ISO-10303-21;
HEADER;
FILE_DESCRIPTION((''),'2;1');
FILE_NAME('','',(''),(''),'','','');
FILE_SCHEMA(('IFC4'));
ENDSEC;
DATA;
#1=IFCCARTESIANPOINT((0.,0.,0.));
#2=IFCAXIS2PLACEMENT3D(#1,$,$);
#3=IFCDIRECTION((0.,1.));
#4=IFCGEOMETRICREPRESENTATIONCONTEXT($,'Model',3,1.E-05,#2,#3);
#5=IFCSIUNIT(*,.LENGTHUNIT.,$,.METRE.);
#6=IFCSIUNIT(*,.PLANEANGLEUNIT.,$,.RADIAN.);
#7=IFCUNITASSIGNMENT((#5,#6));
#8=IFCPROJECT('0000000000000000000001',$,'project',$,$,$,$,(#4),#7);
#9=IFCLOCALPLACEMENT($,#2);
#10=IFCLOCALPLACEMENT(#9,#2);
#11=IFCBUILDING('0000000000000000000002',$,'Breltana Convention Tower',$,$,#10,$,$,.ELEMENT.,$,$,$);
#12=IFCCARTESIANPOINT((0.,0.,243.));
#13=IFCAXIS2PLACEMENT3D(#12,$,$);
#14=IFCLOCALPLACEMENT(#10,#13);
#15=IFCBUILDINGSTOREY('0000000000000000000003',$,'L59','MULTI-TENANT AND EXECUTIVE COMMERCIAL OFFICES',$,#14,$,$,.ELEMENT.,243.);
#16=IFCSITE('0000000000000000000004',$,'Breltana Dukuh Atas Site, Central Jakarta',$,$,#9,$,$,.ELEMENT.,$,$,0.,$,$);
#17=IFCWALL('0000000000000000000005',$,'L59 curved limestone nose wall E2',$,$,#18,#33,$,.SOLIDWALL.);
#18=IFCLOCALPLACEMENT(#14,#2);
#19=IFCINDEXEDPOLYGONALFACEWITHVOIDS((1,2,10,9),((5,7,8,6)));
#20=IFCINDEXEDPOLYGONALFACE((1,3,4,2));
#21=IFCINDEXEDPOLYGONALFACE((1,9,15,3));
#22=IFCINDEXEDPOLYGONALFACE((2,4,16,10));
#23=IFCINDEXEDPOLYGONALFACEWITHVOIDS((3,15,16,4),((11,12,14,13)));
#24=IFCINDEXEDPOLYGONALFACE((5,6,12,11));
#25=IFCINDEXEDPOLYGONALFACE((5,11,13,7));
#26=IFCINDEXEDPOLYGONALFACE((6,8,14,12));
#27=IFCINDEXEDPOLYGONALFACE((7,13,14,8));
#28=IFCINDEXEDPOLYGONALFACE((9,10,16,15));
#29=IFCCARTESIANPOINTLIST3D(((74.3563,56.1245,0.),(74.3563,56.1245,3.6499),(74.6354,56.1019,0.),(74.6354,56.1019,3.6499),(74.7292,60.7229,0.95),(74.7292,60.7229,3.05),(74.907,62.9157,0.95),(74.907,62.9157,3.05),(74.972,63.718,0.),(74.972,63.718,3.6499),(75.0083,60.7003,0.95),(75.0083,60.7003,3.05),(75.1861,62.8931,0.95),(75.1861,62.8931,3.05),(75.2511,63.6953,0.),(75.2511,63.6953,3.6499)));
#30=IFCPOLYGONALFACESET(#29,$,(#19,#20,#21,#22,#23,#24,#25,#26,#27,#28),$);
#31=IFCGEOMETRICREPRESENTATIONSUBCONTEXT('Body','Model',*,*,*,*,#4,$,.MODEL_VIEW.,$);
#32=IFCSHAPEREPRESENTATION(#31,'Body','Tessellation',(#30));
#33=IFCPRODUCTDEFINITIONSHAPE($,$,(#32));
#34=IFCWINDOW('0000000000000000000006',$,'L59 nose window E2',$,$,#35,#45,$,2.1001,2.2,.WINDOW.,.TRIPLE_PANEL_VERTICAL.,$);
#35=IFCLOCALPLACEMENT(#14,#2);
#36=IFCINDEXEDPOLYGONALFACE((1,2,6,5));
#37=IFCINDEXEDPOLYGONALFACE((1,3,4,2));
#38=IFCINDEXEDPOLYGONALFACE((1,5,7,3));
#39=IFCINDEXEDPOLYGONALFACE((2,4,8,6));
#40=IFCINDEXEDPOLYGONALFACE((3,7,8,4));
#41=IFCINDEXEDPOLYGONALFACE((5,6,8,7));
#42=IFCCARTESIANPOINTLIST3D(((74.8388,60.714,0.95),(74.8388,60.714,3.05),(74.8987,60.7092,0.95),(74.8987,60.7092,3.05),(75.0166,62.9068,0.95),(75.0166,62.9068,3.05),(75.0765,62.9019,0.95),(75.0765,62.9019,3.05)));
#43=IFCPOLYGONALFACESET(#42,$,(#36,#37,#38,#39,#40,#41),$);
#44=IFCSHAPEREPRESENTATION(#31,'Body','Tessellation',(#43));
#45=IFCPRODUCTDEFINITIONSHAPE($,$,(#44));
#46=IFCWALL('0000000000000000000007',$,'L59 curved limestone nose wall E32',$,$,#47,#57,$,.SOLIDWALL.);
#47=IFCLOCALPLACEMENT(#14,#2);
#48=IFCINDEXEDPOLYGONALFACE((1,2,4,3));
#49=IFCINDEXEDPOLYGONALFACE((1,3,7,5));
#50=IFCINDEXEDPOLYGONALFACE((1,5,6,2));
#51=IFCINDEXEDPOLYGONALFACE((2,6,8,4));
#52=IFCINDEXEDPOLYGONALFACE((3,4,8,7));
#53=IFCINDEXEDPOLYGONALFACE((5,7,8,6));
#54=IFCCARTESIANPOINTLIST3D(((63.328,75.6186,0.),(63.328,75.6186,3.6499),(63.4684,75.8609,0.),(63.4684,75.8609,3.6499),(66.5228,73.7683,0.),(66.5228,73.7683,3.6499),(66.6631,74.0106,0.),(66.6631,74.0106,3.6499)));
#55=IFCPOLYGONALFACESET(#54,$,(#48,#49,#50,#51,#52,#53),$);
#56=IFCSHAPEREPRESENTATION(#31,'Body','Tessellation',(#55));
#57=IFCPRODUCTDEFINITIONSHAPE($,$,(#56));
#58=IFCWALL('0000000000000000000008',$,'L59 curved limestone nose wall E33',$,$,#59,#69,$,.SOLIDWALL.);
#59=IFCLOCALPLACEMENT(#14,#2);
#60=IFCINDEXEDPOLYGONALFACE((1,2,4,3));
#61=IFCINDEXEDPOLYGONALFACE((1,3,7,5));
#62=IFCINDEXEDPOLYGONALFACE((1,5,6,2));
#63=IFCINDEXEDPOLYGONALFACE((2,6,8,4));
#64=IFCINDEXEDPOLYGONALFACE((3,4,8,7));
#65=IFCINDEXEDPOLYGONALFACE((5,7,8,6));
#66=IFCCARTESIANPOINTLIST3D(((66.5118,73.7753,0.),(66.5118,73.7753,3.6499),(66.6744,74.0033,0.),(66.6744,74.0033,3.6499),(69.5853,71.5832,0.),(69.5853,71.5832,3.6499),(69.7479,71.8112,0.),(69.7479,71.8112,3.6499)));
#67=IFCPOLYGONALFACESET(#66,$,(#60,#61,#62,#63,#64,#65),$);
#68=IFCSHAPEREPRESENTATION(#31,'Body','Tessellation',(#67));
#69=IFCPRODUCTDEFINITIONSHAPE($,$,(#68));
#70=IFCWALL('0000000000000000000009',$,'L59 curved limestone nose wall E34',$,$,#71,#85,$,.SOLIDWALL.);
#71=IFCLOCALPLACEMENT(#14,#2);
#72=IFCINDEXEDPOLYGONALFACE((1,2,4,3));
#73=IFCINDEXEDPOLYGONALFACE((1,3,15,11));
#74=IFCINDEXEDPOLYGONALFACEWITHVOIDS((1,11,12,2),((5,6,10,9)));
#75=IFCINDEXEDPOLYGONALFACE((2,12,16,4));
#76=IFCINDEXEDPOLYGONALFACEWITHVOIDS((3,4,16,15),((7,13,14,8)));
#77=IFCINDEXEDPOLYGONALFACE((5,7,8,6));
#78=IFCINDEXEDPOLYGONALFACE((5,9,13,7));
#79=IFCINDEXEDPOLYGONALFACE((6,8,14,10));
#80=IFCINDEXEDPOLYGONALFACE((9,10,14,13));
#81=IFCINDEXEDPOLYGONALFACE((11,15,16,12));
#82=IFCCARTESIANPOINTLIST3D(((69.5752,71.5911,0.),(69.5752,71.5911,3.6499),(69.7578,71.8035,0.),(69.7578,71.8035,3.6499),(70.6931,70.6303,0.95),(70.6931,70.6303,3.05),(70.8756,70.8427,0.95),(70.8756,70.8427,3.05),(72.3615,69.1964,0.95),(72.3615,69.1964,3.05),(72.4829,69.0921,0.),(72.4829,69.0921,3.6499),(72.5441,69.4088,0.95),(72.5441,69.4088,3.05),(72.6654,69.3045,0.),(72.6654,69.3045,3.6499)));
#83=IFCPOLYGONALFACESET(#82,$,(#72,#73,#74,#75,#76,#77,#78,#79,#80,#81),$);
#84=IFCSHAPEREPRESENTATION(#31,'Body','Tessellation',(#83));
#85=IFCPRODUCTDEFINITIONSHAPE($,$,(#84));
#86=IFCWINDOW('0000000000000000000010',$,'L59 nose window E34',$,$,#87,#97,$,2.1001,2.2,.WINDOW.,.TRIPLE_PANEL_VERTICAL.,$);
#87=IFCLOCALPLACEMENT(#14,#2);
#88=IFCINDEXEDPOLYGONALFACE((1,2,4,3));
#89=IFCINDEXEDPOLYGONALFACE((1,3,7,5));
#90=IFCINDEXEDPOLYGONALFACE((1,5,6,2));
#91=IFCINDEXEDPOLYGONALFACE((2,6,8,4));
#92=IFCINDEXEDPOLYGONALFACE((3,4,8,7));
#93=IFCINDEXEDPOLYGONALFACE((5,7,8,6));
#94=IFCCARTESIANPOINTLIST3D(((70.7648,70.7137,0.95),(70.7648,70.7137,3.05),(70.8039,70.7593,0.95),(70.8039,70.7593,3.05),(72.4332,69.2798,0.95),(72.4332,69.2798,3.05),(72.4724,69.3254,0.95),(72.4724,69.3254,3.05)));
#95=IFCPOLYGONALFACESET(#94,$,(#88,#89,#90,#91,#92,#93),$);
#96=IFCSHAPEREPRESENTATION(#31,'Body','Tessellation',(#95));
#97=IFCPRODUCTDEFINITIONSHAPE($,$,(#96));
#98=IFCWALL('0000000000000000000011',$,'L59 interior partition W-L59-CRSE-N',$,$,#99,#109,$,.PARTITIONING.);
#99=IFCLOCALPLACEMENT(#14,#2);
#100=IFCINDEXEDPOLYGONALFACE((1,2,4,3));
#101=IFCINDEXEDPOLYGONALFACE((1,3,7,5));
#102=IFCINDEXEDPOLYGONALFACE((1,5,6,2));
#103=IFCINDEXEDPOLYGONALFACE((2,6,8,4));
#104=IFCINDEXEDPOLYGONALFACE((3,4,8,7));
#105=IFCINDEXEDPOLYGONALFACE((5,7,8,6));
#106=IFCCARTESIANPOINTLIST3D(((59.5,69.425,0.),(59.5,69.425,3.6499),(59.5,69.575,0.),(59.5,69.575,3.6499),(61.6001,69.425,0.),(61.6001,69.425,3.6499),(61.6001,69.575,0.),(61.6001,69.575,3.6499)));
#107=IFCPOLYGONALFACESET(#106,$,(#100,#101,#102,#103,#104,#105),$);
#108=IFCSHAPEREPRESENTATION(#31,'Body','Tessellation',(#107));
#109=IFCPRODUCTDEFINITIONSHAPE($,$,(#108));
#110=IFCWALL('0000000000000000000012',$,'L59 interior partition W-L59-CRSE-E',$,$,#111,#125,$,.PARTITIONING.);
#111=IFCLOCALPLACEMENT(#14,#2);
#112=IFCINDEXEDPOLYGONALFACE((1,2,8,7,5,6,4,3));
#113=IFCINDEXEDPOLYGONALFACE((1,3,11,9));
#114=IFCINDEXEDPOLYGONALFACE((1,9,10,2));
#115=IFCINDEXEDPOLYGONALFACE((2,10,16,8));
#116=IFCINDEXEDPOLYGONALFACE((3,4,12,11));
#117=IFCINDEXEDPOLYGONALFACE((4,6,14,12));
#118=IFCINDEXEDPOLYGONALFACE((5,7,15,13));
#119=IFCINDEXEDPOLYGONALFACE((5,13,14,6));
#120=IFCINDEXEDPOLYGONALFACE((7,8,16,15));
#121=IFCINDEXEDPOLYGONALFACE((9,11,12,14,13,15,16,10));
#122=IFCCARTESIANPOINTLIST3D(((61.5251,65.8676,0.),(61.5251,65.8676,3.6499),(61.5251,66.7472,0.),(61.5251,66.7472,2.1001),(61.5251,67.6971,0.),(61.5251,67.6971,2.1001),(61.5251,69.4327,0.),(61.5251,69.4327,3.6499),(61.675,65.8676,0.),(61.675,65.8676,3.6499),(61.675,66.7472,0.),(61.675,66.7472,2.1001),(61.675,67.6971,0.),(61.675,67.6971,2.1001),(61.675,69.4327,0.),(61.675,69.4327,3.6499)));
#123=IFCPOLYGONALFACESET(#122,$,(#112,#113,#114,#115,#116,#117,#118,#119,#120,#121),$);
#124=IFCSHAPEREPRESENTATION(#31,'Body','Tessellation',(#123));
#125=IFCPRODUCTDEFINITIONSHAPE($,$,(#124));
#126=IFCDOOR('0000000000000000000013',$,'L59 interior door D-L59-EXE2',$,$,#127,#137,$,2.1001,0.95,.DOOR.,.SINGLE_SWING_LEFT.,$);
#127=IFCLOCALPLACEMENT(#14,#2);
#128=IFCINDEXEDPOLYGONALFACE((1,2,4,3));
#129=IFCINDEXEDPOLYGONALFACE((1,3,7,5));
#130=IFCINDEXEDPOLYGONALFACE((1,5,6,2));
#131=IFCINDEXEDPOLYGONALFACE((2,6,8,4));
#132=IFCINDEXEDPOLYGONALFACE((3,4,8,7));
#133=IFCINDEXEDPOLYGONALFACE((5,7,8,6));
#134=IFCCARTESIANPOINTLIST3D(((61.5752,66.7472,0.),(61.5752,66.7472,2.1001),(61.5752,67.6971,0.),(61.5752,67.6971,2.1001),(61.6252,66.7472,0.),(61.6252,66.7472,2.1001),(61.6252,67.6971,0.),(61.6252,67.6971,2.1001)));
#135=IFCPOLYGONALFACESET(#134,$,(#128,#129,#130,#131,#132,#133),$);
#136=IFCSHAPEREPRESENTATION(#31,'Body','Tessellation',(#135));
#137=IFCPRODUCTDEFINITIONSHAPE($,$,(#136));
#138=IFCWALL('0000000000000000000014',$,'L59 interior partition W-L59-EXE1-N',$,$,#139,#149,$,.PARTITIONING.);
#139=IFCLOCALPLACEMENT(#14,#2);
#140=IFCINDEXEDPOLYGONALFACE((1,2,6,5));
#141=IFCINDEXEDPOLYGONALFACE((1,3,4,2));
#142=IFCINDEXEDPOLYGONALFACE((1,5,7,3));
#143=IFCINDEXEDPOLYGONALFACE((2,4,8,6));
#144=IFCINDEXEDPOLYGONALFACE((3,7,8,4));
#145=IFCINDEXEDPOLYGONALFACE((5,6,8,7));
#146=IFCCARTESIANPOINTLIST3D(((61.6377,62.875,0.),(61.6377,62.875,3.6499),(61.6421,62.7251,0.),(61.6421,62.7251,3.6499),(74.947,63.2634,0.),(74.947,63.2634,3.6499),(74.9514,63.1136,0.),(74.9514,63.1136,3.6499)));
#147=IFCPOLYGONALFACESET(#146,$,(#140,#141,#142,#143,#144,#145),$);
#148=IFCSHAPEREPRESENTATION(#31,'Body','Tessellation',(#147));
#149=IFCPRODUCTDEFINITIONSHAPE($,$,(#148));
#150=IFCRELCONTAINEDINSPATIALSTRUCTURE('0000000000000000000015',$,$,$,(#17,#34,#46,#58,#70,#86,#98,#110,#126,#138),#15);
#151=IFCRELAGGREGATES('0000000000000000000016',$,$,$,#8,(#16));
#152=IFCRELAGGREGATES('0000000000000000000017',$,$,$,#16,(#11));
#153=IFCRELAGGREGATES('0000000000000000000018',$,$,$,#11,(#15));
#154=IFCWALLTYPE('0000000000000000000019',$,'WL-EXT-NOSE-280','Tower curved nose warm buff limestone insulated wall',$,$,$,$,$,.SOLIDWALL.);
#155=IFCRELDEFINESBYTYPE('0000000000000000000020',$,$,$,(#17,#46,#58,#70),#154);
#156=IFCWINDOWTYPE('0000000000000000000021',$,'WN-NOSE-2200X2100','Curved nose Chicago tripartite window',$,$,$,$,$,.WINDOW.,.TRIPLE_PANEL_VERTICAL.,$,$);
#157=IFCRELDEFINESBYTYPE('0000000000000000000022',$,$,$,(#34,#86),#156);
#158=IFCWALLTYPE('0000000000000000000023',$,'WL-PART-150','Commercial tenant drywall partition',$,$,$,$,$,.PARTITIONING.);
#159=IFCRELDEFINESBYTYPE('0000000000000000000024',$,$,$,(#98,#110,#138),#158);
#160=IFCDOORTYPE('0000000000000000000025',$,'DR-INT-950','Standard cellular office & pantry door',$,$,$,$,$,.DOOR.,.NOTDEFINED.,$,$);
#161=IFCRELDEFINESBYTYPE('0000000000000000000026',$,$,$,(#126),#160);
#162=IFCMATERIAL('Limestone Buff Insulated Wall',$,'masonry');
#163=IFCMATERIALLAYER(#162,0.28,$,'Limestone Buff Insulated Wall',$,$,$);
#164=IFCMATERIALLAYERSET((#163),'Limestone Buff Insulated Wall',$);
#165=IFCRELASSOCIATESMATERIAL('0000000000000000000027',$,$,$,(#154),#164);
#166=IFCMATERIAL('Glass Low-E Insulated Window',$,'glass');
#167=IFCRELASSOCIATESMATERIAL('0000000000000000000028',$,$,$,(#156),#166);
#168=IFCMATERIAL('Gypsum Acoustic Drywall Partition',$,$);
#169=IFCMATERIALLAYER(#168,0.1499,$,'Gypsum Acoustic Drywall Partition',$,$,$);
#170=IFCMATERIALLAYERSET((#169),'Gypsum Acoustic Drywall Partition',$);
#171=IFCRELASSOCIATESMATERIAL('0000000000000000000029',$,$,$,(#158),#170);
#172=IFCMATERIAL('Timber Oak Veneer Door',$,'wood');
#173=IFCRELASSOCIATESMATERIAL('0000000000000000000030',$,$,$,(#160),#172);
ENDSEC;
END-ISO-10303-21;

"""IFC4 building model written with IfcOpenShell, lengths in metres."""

from ifc_helpers import new_model, si_unit, direction, frame, frame_2d, origin, place, context, subcontext, project, spatial, rectangle, extrude, source, transform, mapped, material, layer, layer_set, type_object, type_shapes, element, fill, save


model = new_model("IFC4")

# Units and contexts
model_context = context("Model", 3, precision=1e-05, world=origin(), true_north=direction((0.0, 1.0)))
body_context = subcontext(model_context, "Body", "Model", "MODEL_VIEW")
ifc_project = project(units=[si_unit("LENGTHUNIT", "METRE"), si_unit("PLANEANGLEUNIT", "RADIAN")], contexts=[model_context])

# Site, building, storey
site_placement = place(None, origin())
site = spatial("IfcSite", under=ifc_project, at=site_placement, Name="Breltana Dukuh Atas Site, Central Jakarta", CompositionType="ELEMENT", RefElevation=0.0)
building_placement = place(site_placement, origin())
building = spatial("IfcBuilding", under=site, at=building_placement, Name="Breltana Convention Tower", CompositionType="ELEMENT")
storey_placement = place(building_placement, frame((0.0, 0.0, 243.0)))
storey = spatial("IfcBuildingStorey", under=building, at=storey_placement, Name="L59", Description="MULTI-TENANT AND EXECUTIVE COMMERCIAL OFFICES", CompositionType="ELEMENT", Elevation=243.0)

# Wall, opening, window
ifc_material_1 = material(Name="Limestone Buff Insulated Wall", Category="masonry")
ifc_layer_1 = layer(ifc_material_1, 0.28, Name="Limestone Buff Insulated Wall")
ifc_layer_set_1 = layer_set([ifc_layer_1], Name="Limestone Buff Insulated Wall")
wall_type_1 = type_object("IfcWallType", Name="WL-EXT-NOSE-280", Description="Tower curved nose warm buff limestone insulated wall", PredefinedType="SOLIDWALL", material=ifc_layer_set_1)
ifc_material_2 = material(Name="Glass Low-E Insulated Window", Category="glass")
window_type = type_object("IfcWindowType", Name="WN-NOSE-2200X2100", Description="Curved nose Chicago tripartite window", PartitioningType="TRIPLE_PANEL_VERTICAL", PredefinedType="WINDOW", material=ifc_material_2)
shared_shape_1 = source(origin(), body_context, "Body", "SweptSolid", [
    extrude(rectangle(XDim=2.2, YDim=2.1001, at=frame_2d((1.1001, 1.05))), frame((0.0, 0.03, 0.0), z_axis=(0.0, -1.0, 0.0), x_axis=(1.0, 0.0, 0.0)), (0.0, 0.0, 1.0), 0.0601),
])
type_shapes(window_type, [shared_shape_1])
shared_shape_2 = source(origin(), body_context, "Body", "SweptSolid", [
    extrude(rectangle(XDim=7.6184, YDim=0.28, at=frame_2d((3.8091, 0.0))), origin(), (0.0, 0.0, 1.0), 3.6499),
])
wall_1_placement = place(storey_placement, frame((75.1116, 63.7065, 0.0), z_axis=(0.0, 0.0, 1.0), x_axis=(-0.08082, -0.996729, 0.0)))
wall_1 = element("IfcWall", 1, at=wall_1_placement, inside=storey, type_object=wall_type_1, Name="L59 curved limestone nose wall E2", PredefinedType="SOLIDWALL", context=body_context, shape_type="MappedRepresentation", body=[
    mapped(shared_shape_2, transform((0.0, 0.0, 0.0), scale=1.0)),
])
opening_1_placement = place(wall_1_placement, frame((0.8047, 0.0, 0.95)))
opening_1 = element("IfcOpeningElement", 2, at=opening_1_placement, cuts=wall_1, PredefinedType="OPENING", context=body_context, shape_type="SweptSolid", body=[
    extrude(rectangle(XDim=2.2, YDim=2.1001, at=frame_2d((1.1001, 1.05))), frame((0.0, 0.1499, 0.0), z_axis=(0.0, -1.0, 0.0), x_axis=(1.0, 0.0, 0.0)), (0.0, 0.0, 1.0), 0.3),
])
window_1_placement = place(opening_1_placement, origin())
window_1 = element("IfcWindow", 3, at=window_1_placement, inside=storey, type_object=window_type, Name="L59 nose window E2", OverallHeight=2.1001, OverallWidth=2.2, PartitioningType="TRIPLE_PANEL_VERTICAL", PredefinedType="WINDOW", context=body_context, shape_type="MappedRepresentation", body=[
    mapped(shared_shape_1, transform((0.0, 0.0, 0.0), scale=1.0)),
])
fill(opening_1, window_1)

# Walls
shared_shape_3 = source(origin(), body_context, "Body", "SweptSolid", [
    extrude(rectangle(XDim=3.6919, YDim=0.28, at=frame_2d((1.8459, 0.0))), origin(), (0.0, 0.0, 1.0), 3.6499),
])
wall_2_placement = place(storey_placement, frame((63.3982, 75.7397, 0.0), z_axis=(0.0, 0.0, 1.0), x_axis=(0.865343, -0.50118, 0.0)))
element("IfcWall", 4, at=wall_2_placement, inside=storey, type_object=wall_type_1, Name="L59 curved limestone nose wall E32", PredefinedType="SOLIDWALL", context=body_context, shape_type="MappedRepresentation", body=[
    mapped(shared_shape_3, transform((0.0, 0.0, 0.0), scale=1.0)),
])
shared_shape_4 = source(origin(), body_context, "Body", "SweptSolid", [
    extrude(rectangle(XDim=3.7751, YDim=0.28, at=frame_2d((1.8877, 0.0))), origin(), (0.0, 0.0, 1.0), 3.6499),
])
wall_3_placement = place(storey_placement, frame((66.593, 73.8894, 0.0), z_axis=(0.0, 0.0, 1.0), x_axis=(0.814135, -0.580675, 0.0)))
element("IfcWall", 5, at=wall_3_placement, inside=storey, type_object=wall_type_1, Name="L59 curved limestone nose wall E33", PredefinedType="SOLIDWALL", context=body_context, shape_type="MappedRepresentation", body=[
    mapped(shared_shape_4, transform((0.0, 0.0, 0.0), scale=1.0)),
])

# Wall, opening, window
shared_shape_5 = source(origin(), body_context, "Body", "SweptSolid", [
    extrude(rectangle(XDim=3.834, YDim=0.28, at=frame_2d((1.917, 0.0))), origin(), (0.0, 0.0, 1.0), 3.6499),
])
wall_4_placement = place(storey_placement, frame((69.6665, 71.6973, 0.0), z_axis=(0.0, 0.0, 1.0), x_axis=(0.758393, -0.651798, 0.0)))
wall_4 = element("IfcWall", 6, at=wall_4_placement, inside=storey, type_object=wall_type_1, Name="L59 curved limestone nose wall E34", PredefinedType="SOLIDWALL", context=body_context, shape_type="MappedRepresentation", body=[
    mapped(shared_shape_5, transform((0.0, 0.0, 0.0), scale=1.0)),
])
opening_2_placement = place(wall_4_placement, frame((1.4739, 0.0, 0.95)))
opening_2 = element("IfcOpeningElement", 7, at=opening_2_placement, cuts=wall_4, PredefinedType="OPENING", context=body_context, shape_type="SweptSolid", body=[
    extrude(rectangle(XDim=2.2, YDim=2.1001, at=frame_2d((1.1001, 1.05))), frame((0.0, 0.1499, 0.0), z_axis=(0.0, -1.0, 0.0), x_axis=(1.0, 0.0, 0.0)), (0.0, 0.0, 1.0), 0.3),
])
window_2_placement = place(opening_2_placement, origin())
window_2 = element("IfcWindow", 8, at=window_2_placement, inside=storey, type_object=window_type, Name="L59 nose window E34", OverallHeight=2.1001, OverallWidth=2.2, PartitioningType="TRIPLE_PANEL_VERTICAL", PredefinedType="WINDOW", context=body_context, shape_type="MappedRepresentation", body=[
    mapped(shared_shape_1, transform((0.0, 0.0, 0.0), scale=1.0)),
])
fill(opening_2, window_2)

# Wall
ifc_material_3 = material(Name="Gypsum Acoustic Drywall Partition")
ifc_layer_2 = layer(ifc_material_3, 0.1499, Name="Gypsum Acoustic Drywall Partition")
ifc_layer_set_2 = layer_set([ifc_layer_2], Name="Gypsum Acoustic Drywall Partition")
wall_type_2 = type_object("IfcWallType", Name="WL-PART-150", Description="Commercial tenant drywall partition", PredefinedType="PARTITIONING", material=ifc_layer_set_2)
shared_shape_6 = source(origin(), body_context, "Body", "SweptSolid", [
    extrude(rectangle(XDim=2.1001, YDim=0.1499, at=frame_2d((1.05, 0.0))), origin(), (0.0, 0.0, 1.0), 3.6499),
])
wall_5_placement = place(storey_placement, frame((59.5, 69.5, 0.0), z_axis=(0.0, 0.0, 1.0), x_axis=(1.0, 0.0, 0.0)))
element("IfcWall", 9, at=wall_5_placement, inside=storey, type_object=wall_type_2, Name="L59 interior partition W-L59-CRSE-N", PredefinedType="PARTITIONING", context=body_context, shape_type="MappedRepresentation", body=[
    mapped(shared_shape_6, transform((0.0, 0.0, 0.0), scale=1.0)),
])

# Wall, opening, door
shared_shape_7 = source(origin(), body_context, "Body", "SweptSolid", [
    extrude(rectangle(XDim=3.5652, YDim=0.1499, at=frame_2d((1.7827, 0.0))), origin(), (0.0, 0.0, 1.0), 3.6499),
])
wall_6_placement = place(storey_placement, frame((61.6001, 65.8674, 0.0), z_axis=(0.0, 0.0, 1.0), x_axis=(0.0, 1.0, 0.0)))
wall_6 = element("IfcWall", 10, at=wall_6_placement, inside=storey, type_object=wall_type_2, Name="L59 interior partition W-L59-CRSE-E", PredefinedType="PARTITIONING", context=body_context, shape_type="MappedRepresentation", body=[
    mapped(shared_shape_7, transform((0.0, 0.0, 0.0), scale=1.0)),
])
opening_3_placement = place(wall_6_placement, frame((0.8796, 0.0, 0.0)))
opening_3 = element("IfcOpeningElement", 11, at=opening_3_placement, cuts=wall_6, PredefinedType="OPENING", context=body_context, shape_type="SweptSolid", body=[
    extrude(rectangle(XDim=0.95, YDim=2.1001, at=frame_2d((0.4751, 1.05))), frame((0.0, 0.085, 0.0), z_axis=(0.0, -1.0, 0.0), x_axis=(1.0, 0.0, 0.0)), (0.0, 0.0, 1.0), 0.1699),
])
ifc_material_4 = material(Name="Timber Oak Veneer Door", Category="wood")
door_type = type_object("IfcDoorType", Name="DR-INT-950", Description="Standard cellular office & pantry door", OperationType="NOTDEFINED", PredefinedType="DOOR", material=ifc_material_4)
shared_shape_8 = source(origin(), body_context, "Body", "SweptSolid", [
    extrude(rectangle(XDim=0.95, YDim=2.1001, at=frame_2d((0.4751, 1.05))), frame((0.0, 0.0249, 0.0), z_axis=(0.0, -1.0, 0.0), x_axis=(1.0, 0.0, 0.0)), (0.0, 0.0, 1.0), 0.05),
])
type_shapes(door_type, [shared_shape_8])
door_placement = place(opening_3_placement, origin())
door = element("IfcDoor", 12, at=door_placement, inside=storey, type_object=door_type, Name="L59 interior door D-L59-EXE2", OperationType="SINGLE_SWING_LEFT", OverallHeight=2.1001, OverallWidth=0.95, PredefinedType="DOOR", context=body_context, shape_type="MappedRepresentation", body=[
    mapped(shared_shape_8, transform((0.0, 0.0, 0.0), scale=1.0)),
])
fill(opening_3, door)

# Wall
shared_shape_9 = source(origin(), body_context, "Body", "SweptSolid", [
    extrude(rectangle(XDim=13.3149, YDim=0.1499, at=frame_2d((6.6575, 0.0))), origin(), (0.0, 0.0, 1.0), 3.6499),
])
wall_7_placement = place(storey_placement, frame((61.6399, 62.8, 0.0), z_axis=(0.0, 0.0, 1.0), x_axis=(0.999574, 0.029172, 0.0)))
element("IfcWall", 13, at=wall_7_placement, inside=storey, type_object=wall_type_2, Name="L59 interior partition W-L59-EXE1-N", PredefinedType="PARTITIONING", context=body_context, shape_type="MappedRepresentation", body=[
    mapped(shared_shape_9, transform((0.0, 0.0, 0.0), scale=1.0)),
])

save(model, "model.ifc")
